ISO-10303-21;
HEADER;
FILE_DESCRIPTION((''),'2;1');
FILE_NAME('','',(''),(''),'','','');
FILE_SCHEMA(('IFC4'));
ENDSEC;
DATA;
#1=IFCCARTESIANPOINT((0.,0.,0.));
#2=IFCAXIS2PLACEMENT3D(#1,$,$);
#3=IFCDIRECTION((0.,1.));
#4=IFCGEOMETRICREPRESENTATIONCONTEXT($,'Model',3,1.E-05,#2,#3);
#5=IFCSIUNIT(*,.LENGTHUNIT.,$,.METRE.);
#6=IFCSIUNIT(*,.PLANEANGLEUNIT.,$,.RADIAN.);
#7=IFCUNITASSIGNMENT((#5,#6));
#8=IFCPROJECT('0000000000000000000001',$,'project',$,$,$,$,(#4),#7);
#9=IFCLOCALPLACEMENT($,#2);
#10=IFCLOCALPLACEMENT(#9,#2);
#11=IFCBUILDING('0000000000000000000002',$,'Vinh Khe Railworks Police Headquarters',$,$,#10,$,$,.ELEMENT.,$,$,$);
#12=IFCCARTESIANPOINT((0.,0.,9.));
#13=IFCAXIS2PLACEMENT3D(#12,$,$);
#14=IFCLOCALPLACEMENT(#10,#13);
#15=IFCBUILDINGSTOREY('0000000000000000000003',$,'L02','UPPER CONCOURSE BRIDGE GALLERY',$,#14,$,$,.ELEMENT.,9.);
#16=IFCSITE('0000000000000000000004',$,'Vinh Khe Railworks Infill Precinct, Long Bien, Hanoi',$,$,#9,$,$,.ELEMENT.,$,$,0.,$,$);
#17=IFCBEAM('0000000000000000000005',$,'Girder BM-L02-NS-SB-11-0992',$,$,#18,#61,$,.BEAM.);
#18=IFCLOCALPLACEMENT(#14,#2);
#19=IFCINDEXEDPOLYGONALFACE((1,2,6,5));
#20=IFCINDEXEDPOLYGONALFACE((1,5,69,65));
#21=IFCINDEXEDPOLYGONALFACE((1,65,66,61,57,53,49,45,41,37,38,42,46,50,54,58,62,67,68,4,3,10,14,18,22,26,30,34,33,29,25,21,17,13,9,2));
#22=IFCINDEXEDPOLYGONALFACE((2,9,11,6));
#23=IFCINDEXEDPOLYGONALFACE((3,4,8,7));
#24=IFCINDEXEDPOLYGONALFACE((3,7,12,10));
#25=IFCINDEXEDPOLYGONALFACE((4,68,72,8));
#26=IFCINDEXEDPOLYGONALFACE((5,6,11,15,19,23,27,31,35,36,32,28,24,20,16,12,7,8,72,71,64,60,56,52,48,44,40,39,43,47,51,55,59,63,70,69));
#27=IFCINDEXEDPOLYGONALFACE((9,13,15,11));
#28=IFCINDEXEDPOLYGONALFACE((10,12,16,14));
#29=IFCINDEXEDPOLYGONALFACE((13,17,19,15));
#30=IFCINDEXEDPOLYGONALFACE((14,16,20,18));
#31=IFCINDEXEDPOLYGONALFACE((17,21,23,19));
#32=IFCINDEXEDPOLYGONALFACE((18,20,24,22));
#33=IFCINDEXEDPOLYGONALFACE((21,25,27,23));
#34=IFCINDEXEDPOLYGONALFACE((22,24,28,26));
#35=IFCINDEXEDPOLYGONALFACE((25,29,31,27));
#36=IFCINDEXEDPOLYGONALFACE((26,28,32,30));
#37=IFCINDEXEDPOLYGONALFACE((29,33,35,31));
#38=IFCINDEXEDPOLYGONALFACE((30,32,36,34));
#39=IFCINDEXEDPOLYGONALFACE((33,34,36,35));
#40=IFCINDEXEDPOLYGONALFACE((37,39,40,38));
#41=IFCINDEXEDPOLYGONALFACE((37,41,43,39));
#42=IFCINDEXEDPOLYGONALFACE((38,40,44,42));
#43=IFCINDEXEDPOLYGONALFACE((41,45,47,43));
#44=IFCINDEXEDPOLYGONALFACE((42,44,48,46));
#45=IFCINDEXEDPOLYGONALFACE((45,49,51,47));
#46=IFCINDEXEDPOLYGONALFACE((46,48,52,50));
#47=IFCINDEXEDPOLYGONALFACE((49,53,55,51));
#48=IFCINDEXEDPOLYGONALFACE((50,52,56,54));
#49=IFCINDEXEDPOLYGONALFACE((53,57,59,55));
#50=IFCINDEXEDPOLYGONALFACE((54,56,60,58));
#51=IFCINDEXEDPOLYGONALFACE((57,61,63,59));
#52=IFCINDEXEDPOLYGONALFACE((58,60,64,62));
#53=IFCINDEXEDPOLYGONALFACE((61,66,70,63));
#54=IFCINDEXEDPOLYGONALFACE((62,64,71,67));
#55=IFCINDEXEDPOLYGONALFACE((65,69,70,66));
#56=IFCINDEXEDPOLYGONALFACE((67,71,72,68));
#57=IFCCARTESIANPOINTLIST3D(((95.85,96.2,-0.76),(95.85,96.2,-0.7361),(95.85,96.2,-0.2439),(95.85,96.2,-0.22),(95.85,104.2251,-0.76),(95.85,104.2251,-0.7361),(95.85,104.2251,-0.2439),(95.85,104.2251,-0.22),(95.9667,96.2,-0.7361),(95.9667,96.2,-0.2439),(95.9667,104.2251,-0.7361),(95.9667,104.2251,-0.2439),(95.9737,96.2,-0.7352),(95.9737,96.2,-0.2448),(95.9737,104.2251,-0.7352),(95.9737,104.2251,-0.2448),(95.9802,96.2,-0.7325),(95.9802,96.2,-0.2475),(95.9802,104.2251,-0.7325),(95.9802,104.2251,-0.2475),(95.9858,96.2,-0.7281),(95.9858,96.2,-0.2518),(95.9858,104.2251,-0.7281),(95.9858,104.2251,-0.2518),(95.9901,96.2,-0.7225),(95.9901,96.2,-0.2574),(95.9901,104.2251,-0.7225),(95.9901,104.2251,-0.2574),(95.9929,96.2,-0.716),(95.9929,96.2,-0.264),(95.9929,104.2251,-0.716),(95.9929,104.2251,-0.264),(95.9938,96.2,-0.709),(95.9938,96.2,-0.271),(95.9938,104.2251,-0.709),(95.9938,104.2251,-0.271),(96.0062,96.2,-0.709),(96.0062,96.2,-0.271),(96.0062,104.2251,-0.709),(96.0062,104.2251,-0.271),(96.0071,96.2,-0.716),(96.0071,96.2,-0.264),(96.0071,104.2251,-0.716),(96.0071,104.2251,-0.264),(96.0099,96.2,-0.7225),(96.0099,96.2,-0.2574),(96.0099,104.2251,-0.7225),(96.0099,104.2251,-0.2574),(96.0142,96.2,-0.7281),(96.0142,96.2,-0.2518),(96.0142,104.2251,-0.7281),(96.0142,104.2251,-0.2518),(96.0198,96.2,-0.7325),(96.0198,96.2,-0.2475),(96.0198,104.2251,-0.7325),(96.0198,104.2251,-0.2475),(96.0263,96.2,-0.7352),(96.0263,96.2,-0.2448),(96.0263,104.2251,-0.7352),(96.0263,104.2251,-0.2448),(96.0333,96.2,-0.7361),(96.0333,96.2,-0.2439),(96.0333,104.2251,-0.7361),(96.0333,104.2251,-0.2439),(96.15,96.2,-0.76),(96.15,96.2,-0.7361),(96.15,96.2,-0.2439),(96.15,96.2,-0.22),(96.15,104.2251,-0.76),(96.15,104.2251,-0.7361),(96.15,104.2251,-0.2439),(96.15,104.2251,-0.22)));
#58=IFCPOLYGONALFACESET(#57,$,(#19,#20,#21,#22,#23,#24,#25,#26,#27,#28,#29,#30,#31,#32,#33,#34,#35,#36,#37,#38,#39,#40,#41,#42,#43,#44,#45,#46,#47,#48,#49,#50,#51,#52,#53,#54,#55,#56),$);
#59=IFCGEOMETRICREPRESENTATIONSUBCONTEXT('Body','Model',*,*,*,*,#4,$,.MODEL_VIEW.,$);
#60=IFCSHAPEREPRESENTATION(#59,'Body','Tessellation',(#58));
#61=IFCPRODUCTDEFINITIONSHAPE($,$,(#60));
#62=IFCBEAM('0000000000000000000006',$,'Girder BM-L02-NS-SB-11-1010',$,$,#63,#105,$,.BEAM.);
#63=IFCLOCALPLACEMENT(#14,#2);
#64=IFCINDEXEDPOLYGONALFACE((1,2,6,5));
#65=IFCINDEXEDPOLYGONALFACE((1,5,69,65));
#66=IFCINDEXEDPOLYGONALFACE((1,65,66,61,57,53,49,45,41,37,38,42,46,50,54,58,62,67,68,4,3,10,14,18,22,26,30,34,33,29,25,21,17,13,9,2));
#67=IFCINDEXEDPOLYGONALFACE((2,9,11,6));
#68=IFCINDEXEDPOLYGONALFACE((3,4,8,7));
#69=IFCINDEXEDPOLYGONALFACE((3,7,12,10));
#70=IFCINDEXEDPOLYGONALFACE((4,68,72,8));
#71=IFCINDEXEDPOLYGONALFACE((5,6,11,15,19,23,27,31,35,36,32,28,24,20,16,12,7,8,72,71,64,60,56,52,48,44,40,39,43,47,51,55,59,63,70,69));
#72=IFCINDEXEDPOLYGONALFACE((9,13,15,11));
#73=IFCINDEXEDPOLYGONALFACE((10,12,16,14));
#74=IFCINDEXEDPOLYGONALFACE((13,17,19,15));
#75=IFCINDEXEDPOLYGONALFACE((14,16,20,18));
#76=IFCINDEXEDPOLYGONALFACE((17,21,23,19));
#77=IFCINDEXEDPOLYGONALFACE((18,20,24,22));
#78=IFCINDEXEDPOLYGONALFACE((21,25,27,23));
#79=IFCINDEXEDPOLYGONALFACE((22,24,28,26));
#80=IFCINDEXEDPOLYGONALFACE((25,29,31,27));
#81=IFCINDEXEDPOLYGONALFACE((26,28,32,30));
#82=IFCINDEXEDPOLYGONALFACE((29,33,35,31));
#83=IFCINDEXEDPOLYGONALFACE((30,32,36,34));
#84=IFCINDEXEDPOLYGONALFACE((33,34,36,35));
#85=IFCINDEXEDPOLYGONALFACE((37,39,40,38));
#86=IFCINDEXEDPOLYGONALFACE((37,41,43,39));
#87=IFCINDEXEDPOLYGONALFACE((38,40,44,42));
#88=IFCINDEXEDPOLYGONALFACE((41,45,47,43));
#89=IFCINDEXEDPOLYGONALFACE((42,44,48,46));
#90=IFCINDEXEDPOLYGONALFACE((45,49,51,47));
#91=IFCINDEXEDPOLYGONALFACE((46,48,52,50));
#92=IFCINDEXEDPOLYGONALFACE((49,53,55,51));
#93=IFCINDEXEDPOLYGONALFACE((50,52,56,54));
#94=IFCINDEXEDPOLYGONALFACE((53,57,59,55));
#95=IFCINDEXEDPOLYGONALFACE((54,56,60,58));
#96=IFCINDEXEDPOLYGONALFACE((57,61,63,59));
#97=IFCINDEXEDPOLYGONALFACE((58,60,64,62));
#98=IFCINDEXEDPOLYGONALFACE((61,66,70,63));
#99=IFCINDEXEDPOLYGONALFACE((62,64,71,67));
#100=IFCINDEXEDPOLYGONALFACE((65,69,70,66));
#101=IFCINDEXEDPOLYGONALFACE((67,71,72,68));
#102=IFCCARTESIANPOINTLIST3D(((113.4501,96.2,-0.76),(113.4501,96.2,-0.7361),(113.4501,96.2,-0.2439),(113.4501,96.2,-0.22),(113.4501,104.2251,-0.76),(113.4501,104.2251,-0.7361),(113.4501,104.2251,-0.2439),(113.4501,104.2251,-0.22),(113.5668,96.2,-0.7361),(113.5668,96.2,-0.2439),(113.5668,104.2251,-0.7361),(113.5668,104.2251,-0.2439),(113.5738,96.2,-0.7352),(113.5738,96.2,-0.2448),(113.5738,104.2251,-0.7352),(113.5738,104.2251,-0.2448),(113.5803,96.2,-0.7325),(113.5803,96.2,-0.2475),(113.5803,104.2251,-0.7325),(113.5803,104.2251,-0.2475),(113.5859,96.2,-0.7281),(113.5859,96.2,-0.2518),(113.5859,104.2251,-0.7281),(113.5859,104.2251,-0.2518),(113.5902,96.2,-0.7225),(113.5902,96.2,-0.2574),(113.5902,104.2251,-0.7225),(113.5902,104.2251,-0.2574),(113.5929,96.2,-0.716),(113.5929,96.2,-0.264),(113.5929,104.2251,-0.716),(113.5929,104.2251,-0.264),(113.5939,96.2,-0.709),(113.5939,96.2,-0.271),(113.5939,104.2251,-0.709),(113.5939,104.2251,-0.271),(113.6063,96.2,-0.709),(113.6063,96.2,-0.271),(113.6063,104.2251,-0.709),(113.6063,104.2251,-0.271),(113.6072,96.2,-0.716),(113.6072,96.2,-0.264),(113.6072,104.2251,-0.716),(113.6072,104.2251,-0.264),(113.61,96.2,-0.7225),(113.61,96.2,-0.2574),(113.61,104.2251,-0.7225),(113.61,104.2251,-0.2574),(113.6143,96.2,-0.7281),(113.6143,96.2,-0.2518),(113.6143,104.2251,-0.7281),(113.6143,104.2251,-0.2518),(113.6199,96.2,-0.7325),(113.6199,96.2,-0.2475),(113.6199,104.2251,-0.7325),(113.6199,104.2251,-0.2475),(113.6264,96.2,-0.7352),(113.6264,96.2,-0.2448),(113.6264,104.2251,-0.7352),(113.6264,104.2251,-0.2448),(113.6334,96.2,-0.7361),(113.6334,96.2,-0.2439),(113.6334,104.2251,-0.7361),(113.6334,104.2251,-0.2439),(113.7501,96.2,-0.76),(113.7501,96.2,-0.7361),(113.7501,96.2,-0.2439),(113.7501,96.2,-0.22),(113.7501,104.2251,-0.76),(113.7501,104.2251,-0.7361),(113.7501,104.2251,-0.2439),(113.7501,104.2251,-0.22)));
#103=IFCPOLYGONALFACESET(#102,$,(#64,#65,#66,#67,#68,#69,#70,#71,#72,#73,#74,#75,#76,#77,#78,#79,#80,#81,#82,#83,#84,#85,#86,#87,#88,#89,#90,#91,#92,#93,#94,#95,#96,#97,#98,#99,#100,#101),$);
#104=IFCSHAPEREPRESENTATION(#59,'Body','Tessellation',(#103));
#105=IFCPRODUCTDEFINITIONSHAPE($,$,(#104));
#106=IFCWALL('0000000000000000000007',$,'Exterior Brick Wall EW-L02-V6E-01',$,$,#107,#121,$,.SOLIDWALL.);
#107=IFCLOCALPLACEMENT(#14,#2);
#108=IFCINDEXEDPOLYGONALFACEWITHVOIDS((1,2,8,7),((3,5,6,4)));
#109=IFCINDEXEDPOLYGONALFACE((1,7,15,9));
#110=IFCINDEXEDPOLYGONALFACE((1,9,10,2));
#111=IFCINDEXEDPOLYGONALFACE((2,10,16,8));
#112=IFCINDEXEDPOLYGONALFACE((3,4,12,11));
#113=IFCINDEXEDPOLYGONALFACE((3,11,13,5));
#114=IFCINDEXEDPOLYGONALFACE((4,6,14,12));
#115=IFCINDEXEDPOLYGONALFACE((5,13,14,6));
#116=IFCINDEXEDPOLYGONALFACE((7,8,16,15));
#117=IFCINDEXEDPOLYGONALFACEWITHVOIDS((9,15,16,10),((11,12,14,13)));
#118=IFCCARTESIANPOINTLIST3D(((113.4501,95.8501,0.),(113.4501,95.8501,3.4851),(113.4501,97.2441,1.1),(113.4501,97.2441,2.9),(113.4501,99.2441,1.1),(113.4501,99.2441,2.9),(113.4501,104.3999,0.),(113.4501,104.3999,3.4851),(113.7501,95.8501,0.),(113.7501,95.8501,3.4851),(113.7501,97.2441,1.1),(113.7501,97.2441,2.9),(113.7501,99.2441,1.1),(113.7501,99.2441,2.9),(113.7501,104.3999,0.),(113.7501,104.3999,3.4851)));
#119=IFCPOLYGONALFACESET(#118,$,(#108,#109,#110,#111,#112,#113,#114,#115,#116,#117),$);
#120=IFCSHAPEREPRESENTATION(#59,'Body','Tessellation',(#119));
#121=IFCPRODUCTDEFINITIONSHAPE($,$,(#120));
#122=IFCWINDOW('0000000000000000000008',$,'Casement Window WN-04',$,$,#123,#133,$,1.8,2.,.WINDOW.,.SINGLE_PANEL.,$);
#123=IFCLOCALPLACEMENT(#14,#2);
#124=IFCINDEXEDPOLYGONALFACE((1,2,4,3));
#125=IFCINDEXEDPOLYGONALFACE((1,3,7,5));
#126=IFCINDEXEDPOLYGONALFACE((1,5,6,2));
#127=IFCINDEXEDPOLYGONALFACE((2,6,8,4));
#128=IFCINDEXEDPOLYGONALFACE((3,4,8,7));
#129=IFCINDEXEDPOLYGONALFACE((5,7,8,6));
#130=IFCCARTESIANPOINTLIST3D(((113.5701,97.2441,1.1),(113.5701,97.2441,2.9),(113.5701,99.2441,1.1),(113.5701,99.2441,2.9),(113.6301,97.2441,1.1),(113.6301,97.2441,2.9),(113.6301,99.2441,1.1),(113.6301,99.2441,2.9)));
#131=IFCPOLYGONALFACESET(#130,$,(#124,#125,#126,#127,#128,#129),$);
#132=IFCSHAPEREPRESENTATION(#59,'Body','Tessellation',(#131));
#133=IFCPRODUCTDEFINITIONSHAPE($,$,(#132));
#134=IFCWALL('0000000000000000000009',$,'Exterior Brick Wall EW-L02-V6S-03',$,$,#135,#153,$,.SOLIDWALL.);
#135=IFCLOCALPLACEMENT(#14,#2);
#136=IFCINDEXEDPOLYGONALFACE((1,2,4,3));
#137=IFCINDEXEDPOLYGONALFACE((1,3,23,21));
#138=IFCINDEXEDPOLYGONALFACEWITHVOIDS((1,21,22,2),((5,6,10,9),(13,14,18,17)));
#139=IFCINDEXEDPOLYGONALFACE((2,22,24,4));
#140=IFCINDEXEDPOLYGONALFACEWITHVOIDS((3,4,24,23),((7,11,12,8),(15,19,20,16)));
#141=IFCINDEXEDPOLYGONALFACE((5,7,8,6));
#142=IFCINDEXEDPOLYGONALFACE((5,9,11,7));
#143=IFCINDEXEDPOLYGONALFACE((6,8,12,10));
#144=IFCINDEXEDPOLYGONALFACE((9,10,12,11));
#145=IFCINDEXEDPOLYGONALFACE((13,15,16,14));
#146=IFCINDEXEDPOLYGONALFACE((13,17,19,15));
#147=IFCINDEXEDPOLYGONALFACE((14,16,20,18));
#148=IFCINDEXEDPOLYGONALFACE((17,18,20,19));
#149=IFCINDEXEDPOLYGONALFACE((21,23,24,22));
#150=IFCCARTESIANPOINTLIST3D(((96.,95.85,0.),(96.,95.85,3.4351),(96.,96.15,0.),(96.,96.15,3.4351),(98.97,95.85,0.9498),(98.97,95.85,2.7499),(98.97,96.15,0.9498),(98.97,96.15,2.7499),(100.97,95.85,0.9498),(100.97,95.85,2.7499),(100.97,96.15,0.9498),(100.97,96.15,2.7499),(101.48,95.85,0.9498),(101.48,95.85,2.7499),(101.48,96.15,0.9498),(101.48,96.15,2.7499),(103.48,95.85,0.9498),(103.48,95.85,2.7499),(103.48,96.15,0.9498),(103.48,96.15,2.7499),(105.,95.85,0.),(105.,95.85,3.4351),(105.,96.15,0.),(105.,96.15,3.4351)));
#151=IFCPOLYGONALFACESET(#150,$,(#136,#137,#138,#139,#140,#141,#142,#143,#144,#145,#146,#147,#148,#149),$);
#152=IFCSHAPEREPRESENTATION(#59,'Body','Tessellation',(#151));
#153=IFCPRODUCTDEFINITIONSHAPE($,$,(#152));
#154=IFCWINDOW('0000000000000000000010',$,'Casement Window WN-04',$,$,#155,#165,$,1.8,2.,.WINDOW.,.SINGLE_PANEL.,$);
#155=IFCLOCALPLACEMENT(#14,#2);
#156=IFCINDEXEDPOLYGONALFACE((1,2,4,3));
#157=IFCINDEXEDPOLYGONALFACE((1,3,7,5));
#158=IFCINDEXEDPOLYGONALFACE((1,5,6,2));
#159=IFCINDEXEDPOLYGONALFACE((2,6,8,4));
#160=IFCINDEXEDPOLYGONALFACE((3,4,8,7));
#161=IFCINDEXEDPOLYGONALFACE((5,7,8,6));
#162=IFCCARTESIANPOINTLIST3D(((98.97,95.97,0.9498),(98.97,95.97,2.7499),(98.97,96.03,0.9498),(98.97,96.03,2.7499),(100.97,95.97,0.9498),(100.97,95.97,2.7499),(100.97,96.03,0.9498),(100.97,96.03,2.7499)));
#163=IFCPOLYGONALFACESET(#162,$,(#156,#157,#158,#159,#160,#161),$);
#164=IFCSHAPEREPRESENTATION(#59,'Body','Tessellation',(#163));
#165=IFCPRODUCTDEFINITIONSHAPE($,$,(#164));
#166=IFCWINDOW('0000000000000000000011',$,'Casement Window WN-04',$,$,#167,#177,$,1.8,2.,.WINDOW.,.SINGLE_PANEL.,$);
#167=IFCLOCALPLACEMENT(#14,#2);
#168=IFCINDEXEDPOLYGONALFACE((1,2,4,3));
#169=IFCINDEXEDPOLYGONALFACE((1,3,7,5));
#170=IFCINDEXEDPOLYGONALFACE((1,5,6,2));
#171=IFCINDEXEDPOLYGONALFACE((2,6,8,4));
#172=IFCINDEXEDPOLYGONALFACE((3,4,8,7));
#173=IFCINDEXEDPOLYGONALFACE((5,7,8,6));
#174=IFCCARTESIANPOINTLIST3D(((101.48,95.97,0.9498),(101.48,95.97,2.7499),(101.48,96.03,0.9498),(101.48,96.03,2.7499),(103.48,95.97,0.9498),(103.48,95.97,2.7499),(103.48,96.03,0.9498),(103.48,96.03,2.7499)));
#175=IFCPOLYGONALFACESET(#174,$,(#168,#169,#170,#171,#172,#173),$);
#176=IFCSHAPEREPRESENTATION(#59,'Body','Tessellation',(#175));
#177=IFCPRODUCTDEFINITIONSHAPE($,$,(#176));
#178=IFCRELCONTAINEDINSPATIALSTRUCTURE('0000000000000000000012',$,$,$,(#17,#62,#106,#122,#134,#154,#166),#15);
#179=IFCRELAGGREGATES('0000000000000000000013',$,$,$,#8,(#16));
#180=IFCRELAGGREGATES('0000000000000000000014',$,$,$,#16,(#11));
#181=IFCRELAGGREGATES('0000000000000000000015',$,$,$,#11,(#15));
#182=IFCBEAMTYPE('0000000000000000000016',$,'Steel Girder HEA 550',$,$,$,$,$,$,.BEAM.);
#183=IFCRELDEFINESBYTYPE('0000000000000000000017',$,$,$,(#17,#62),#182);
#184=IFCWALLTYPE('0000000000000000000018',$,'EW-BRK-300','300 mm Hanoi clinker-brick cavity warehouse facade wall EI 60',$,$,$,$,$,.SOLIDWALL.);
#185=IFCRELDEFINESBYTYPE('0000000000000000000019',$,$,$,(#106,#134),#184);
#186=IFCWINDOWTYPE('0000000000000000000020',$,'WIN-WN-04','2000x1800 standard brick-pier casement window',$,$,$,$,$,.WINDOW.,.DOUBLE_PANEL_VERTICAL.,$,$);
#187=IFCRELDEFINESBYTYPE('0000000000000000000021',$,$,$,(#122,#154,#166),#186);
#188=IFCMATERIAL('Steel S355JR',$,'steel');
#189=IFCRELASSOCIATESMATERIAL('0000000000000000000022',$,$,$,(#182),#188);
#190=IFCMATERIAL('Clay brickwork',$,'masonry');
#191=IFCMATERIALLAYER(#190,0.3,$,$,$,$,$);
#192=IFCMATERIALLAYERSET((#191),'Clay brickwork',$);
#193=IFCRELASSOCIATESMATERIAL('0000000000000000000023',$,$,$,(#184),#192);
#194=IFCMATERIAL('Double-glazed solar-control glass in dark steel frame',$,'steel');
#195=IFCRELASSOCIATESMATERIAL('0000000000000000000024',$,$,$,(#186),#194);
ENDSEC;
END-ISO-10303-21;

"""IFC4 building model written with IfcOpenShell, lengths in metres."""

from ifc_helpers import new_model, si_unit, direction, frame, frame_2d, origin, origin_2d, place, context, subcontext, project, spatial, rectangle, i_section, extrude, material, layer, layer_set, material_profile, profile_set, type_object, element, fill, save


model = new_model("IFC4")

# Units and contexts
model_context = context("Model", 3, precision=1e-05, world=origin(), true_north=direction((0.0, 1.0)))
body_context = subcontext(model_context, "Body", "Model", "MODEL_VIEW")
ifc_project = project(units=[si_unit("LENGTHUNIT", "METRE"), si_unit("PLANEANGLEUNIT", "RADIAN")], contexts=[model_context])

# Site, building, storey
site_placement = place(None, origin())
site = spatial("IfcSite", under=ifc_project, at=site_placement, Name="Vinh Khe Railworks Infill Precinct, Long Bien, Hanoi", CompositionType="ELEMENT", RefElevation=0.0)
building_placement = place(site_placement, origin())
building = spatial("IfcBuilding", under=site, at=building_placement, Name="Vinh Khe Railworks Police Headquarters", CompositionType="ELEMENT")
storey_placement = place(building_placement, frame((0.0, 0.0, 9.0)))
storey = spatial("IfcBuildingStorey", under=building, at=storey_placement, Name="L02", Description="UPPER CONCOURSE BRIDGE GALLERY", CompositionType="ELEMENT", Elevation=9.0)

# Shared definitions
ifc_material_1 = material(Name="Steel S355JR", Category="steel")

# Beams
ifc_material_profile_1 = material_profile(ifc_material_1, i_section(OverallWidth=0.3, OverallDepth=0.54, WebThickness=0.0125, FlangeThickness=0.0239, FilletRadius=0.0271, at=origin_2d()), Name="HEA 550")
ifc_profile_set_1 = profile_set([ifc_material_profile_1], Name="Steel S355JR")
beam_type_1 = type_object("IfcBeamType", Name="Steel Girder HEA 550", PredefinedType="BEAM", material=ifc_profile_set_1)
for number, where, z_axis, x_axis, name in (
    (1, (96.0, 96.2, -0.49), (0.0, 1.0, 0.0), (-1.0, 0.0, 0.0), "Girder BM-L02-NS-SB-11-0992"),
    (2, (113.6001, 96.2, -0.49), (0.0, 1.0, 0.0), (-1.0, 0.0, 0.0), "Girder BM-L02-NS-SB-11-1010"),
):
    element("IfcBeam", number, at=place(storey_placement, frame(where, z_axis=z_axis, x_axis=x_axis)), inside=storey, type_object=beam_type_1, Name=name, PredefinedType="BEAM", context=body_context, shape_type="SweptSolid", body=[
        extrude(i_section(OverallWidth=0.3, OverallDepth=0.54, WebThickness=0.0125, FlangeThickness=0.0239, FilletRadius=0.0271, at=origin_2d()), origin(), (0.0, 0.0, 1.0), 8.0251),
    ])

# Wall, opening, window
ifc_material_2 = material(Name="Clay brickwork", Category="masonry")
ifc_layer_1 = layer(ifc_material_2, 0.3)
ifc_layer_set_1 = layer_set([ifc_layer_1], Name="Clay brickwork")
wall_type_1 = type_object("IfcWallType", Name="EW-BRK-300", Description="300 mm Hanoi clinker-brick cavity warehouse facade wall EI 60", PredefinedType="SOLIDWALL", material=ifc_layer_set_1)
wall_1_placement = place(storey_placement, frame((113.6001, 95.8501, 0.0), z_axis=(0.0, 0.0, 1.0), x_axis=(0.0, 1.0, 0.0)))
wall_1 = element("IfcWall", 3, at=wall_1_placement, inside=storey, type_object=wall_type_1, Name="Exterior Brick Wall EW-L02-V6E-01", PredefinedType="SOLIDWALL", context=body_context, shape_type="SweptSolid", body=[
    extrude(rectangle(XDim=8.5498, YDim=0.3, at=frame_2d((4.2749, 0.0))), origin(), (0.0, 0.0, 1.0), 3.4851),
])
opening_1_placement = place(wall_1_placement, frame((1.394, 0.0, 1.1001)))
opening_1 = element("IfcOpeningElement", 4, at=opening_1_placement, cuts=wall_1, PredefinedType="OPENING", context=body_context, shape_type="SweptSolid", body=[
    extrude(rectangle(XDim=2.0, YDim=1.8, at=frame_2d((1.0, 0.8999))), frame((0.0, 0.165, 0.0), z_axis=(0.0, -1.0, 0.0), x_axis=(1.0, 0.0, 0.0)), (0.0, 0.0, 1.0), 0.3298),
])
ifc_material_3 = material(Name="Double-glazed solar-control glass in dark steel frame", Category="steel")
window_type_1 = type_object("IfcWindowType", Name="WIN-WN-04", Description="2000x1800 standard brick-pier casement window", PartitioningType="DOUBLE_PANEL_VERTICAL", PredefinedType="WINDOW", material=ifc_material_3)
window_1_placement = place(opening_1_placement, origin())
window_1 = element("IfcWindow", 5, at=window_1_placement, inside=storey, type_object=window_type_1, Name="Casement Window WN-04", OverallHeight=1.8, OverallWidth=2.0, PartitioningType="SINGLE_PANEL", PredefinedType="WINDOW", context=body_context, shape_type="SweptSolid", body=[
    extrude(rectangle(XDim=2.0, YDim=1.8, at=frame_2d((1.0, 0.8999))), frame((0.0, 0.03, 0.0), z_axis=(0.0, -1.0, 0.0), x_axis=(1.0, 0.0, 0.0)), (0.0, 0.0, 1.0), 0.0601),
])
fill(opening_1, window_1)

# Wall, openings, windows
wall_2_placement = place(storey_placement, frame((96.0, 96.0, 0.0), z_axis=(0.0, 0.0, 1.0), x_axis=(1.0, 0.0, 0.0)))
wall_2 = element("IfcWall", 6, at=wall_2_placement, inside=storey, type_object=wall_type_1, Name="Exterior Brick Wall EW-L02-V6S-03", PredefinedType="SOLIDWALL", context=body_context, shape_type="SweptSolid", body=[
    extrude(rectangle(XDim=9.0, YDim=0.3, at=frame_2d((4.5, 0.0))), origin(), (0.0, 0.0, 1.0), 3.4351),
])
opening_2_placement = place(wall_2_placement, frame((2.97, 0.0, 0.95)))
opening_2 = element("IfcOpeningElement", 7, at=opening_2_placement, cuts=wall_2, PredefinedType="OPENING", context=body_context, shape_type="SweptSolid", body=[
    extrude(rectangle(XDim=2.0, YDim=1.8, at=frame_2d((1.0, 0.8999))), frame((0.0, 0.165, 0.0), z_axis=(0.0, -1.0, 0.0), x_axis=(1.0, 0.0, 0.0)), (0.0, 0.0, 1.0), 0.3298),
])
opening_3_placement = place(wall_2_placement, frame((5.48, 0.0, 0.95)))
opening_3 = element("IfcOpeningElement", 8, at=opening_3_placement, cuts=wall_2, PredefinedType="OPENING", context=body_context, shape_type="SweptSolid", body=[
    extrude(rectangle(XDim=2.0, YDim=1.8, at=frame_2d((1.0, 0.8999))), frame((0.0, 0.165, 0.0), z_axis=(0.0, -1.0, 0.0), x_axis=(1.0, 0.0, 0.0)), (0.0, 0.0, 1.0), 0.3298),
])
window_2_placement = place(opening_2_placement, origin())
window_2 = element("IfcWindow", 9, at=window_2_placement, inside=storey, type_object=window_type_1, Name="Casement Window WN-04", OverallHeight=1.8, OverallWidth=2.0, PartitioningType="SINGLE_PANEL", PredefinedType="WINDOW", context=body_context, shape_type="SweptSolid", body=[
    extrude(rectangle(XDim=2.0, YDim=1.8, at=frame_2d((1.0, 0.8999))), frame((0.0, 0.03, 0.0), z_axis=(0.0, -1.0, 0.0), x_axis=(1.0, 0.0, 0.0)), (0.0, 0.0, 1.0), 0.0601),
])
fill(opening_2, window_2)
window_3_placement = place(opening_3_placement, origin())
window_3 = element("IfcWindow", 10, at=window_3_placement, inside=storey, type_object=window_type_1, Name="Casement Window WN-04", OverallHeight=1.8, OverallWidth=2.0, PartitioningType="SINGLE_PANEL", PredefinedType="WINDOW", context=body_context, shape_type="SweptSolid", body=[
    extrude(rectangle(XDim=2.0, YDim=1.8, at=frame_2d((1.0, 0.8999))), frame((0.0, 0.03, 0.0), z_axis=(0.0, -1.0, 0.0), x_axis=(1.0, 0.0, 0.0)), (0.0, 0.0, 1.0), 0.0601),
])
fill(opening_3, window_3)

save(model, "model.ifc")
